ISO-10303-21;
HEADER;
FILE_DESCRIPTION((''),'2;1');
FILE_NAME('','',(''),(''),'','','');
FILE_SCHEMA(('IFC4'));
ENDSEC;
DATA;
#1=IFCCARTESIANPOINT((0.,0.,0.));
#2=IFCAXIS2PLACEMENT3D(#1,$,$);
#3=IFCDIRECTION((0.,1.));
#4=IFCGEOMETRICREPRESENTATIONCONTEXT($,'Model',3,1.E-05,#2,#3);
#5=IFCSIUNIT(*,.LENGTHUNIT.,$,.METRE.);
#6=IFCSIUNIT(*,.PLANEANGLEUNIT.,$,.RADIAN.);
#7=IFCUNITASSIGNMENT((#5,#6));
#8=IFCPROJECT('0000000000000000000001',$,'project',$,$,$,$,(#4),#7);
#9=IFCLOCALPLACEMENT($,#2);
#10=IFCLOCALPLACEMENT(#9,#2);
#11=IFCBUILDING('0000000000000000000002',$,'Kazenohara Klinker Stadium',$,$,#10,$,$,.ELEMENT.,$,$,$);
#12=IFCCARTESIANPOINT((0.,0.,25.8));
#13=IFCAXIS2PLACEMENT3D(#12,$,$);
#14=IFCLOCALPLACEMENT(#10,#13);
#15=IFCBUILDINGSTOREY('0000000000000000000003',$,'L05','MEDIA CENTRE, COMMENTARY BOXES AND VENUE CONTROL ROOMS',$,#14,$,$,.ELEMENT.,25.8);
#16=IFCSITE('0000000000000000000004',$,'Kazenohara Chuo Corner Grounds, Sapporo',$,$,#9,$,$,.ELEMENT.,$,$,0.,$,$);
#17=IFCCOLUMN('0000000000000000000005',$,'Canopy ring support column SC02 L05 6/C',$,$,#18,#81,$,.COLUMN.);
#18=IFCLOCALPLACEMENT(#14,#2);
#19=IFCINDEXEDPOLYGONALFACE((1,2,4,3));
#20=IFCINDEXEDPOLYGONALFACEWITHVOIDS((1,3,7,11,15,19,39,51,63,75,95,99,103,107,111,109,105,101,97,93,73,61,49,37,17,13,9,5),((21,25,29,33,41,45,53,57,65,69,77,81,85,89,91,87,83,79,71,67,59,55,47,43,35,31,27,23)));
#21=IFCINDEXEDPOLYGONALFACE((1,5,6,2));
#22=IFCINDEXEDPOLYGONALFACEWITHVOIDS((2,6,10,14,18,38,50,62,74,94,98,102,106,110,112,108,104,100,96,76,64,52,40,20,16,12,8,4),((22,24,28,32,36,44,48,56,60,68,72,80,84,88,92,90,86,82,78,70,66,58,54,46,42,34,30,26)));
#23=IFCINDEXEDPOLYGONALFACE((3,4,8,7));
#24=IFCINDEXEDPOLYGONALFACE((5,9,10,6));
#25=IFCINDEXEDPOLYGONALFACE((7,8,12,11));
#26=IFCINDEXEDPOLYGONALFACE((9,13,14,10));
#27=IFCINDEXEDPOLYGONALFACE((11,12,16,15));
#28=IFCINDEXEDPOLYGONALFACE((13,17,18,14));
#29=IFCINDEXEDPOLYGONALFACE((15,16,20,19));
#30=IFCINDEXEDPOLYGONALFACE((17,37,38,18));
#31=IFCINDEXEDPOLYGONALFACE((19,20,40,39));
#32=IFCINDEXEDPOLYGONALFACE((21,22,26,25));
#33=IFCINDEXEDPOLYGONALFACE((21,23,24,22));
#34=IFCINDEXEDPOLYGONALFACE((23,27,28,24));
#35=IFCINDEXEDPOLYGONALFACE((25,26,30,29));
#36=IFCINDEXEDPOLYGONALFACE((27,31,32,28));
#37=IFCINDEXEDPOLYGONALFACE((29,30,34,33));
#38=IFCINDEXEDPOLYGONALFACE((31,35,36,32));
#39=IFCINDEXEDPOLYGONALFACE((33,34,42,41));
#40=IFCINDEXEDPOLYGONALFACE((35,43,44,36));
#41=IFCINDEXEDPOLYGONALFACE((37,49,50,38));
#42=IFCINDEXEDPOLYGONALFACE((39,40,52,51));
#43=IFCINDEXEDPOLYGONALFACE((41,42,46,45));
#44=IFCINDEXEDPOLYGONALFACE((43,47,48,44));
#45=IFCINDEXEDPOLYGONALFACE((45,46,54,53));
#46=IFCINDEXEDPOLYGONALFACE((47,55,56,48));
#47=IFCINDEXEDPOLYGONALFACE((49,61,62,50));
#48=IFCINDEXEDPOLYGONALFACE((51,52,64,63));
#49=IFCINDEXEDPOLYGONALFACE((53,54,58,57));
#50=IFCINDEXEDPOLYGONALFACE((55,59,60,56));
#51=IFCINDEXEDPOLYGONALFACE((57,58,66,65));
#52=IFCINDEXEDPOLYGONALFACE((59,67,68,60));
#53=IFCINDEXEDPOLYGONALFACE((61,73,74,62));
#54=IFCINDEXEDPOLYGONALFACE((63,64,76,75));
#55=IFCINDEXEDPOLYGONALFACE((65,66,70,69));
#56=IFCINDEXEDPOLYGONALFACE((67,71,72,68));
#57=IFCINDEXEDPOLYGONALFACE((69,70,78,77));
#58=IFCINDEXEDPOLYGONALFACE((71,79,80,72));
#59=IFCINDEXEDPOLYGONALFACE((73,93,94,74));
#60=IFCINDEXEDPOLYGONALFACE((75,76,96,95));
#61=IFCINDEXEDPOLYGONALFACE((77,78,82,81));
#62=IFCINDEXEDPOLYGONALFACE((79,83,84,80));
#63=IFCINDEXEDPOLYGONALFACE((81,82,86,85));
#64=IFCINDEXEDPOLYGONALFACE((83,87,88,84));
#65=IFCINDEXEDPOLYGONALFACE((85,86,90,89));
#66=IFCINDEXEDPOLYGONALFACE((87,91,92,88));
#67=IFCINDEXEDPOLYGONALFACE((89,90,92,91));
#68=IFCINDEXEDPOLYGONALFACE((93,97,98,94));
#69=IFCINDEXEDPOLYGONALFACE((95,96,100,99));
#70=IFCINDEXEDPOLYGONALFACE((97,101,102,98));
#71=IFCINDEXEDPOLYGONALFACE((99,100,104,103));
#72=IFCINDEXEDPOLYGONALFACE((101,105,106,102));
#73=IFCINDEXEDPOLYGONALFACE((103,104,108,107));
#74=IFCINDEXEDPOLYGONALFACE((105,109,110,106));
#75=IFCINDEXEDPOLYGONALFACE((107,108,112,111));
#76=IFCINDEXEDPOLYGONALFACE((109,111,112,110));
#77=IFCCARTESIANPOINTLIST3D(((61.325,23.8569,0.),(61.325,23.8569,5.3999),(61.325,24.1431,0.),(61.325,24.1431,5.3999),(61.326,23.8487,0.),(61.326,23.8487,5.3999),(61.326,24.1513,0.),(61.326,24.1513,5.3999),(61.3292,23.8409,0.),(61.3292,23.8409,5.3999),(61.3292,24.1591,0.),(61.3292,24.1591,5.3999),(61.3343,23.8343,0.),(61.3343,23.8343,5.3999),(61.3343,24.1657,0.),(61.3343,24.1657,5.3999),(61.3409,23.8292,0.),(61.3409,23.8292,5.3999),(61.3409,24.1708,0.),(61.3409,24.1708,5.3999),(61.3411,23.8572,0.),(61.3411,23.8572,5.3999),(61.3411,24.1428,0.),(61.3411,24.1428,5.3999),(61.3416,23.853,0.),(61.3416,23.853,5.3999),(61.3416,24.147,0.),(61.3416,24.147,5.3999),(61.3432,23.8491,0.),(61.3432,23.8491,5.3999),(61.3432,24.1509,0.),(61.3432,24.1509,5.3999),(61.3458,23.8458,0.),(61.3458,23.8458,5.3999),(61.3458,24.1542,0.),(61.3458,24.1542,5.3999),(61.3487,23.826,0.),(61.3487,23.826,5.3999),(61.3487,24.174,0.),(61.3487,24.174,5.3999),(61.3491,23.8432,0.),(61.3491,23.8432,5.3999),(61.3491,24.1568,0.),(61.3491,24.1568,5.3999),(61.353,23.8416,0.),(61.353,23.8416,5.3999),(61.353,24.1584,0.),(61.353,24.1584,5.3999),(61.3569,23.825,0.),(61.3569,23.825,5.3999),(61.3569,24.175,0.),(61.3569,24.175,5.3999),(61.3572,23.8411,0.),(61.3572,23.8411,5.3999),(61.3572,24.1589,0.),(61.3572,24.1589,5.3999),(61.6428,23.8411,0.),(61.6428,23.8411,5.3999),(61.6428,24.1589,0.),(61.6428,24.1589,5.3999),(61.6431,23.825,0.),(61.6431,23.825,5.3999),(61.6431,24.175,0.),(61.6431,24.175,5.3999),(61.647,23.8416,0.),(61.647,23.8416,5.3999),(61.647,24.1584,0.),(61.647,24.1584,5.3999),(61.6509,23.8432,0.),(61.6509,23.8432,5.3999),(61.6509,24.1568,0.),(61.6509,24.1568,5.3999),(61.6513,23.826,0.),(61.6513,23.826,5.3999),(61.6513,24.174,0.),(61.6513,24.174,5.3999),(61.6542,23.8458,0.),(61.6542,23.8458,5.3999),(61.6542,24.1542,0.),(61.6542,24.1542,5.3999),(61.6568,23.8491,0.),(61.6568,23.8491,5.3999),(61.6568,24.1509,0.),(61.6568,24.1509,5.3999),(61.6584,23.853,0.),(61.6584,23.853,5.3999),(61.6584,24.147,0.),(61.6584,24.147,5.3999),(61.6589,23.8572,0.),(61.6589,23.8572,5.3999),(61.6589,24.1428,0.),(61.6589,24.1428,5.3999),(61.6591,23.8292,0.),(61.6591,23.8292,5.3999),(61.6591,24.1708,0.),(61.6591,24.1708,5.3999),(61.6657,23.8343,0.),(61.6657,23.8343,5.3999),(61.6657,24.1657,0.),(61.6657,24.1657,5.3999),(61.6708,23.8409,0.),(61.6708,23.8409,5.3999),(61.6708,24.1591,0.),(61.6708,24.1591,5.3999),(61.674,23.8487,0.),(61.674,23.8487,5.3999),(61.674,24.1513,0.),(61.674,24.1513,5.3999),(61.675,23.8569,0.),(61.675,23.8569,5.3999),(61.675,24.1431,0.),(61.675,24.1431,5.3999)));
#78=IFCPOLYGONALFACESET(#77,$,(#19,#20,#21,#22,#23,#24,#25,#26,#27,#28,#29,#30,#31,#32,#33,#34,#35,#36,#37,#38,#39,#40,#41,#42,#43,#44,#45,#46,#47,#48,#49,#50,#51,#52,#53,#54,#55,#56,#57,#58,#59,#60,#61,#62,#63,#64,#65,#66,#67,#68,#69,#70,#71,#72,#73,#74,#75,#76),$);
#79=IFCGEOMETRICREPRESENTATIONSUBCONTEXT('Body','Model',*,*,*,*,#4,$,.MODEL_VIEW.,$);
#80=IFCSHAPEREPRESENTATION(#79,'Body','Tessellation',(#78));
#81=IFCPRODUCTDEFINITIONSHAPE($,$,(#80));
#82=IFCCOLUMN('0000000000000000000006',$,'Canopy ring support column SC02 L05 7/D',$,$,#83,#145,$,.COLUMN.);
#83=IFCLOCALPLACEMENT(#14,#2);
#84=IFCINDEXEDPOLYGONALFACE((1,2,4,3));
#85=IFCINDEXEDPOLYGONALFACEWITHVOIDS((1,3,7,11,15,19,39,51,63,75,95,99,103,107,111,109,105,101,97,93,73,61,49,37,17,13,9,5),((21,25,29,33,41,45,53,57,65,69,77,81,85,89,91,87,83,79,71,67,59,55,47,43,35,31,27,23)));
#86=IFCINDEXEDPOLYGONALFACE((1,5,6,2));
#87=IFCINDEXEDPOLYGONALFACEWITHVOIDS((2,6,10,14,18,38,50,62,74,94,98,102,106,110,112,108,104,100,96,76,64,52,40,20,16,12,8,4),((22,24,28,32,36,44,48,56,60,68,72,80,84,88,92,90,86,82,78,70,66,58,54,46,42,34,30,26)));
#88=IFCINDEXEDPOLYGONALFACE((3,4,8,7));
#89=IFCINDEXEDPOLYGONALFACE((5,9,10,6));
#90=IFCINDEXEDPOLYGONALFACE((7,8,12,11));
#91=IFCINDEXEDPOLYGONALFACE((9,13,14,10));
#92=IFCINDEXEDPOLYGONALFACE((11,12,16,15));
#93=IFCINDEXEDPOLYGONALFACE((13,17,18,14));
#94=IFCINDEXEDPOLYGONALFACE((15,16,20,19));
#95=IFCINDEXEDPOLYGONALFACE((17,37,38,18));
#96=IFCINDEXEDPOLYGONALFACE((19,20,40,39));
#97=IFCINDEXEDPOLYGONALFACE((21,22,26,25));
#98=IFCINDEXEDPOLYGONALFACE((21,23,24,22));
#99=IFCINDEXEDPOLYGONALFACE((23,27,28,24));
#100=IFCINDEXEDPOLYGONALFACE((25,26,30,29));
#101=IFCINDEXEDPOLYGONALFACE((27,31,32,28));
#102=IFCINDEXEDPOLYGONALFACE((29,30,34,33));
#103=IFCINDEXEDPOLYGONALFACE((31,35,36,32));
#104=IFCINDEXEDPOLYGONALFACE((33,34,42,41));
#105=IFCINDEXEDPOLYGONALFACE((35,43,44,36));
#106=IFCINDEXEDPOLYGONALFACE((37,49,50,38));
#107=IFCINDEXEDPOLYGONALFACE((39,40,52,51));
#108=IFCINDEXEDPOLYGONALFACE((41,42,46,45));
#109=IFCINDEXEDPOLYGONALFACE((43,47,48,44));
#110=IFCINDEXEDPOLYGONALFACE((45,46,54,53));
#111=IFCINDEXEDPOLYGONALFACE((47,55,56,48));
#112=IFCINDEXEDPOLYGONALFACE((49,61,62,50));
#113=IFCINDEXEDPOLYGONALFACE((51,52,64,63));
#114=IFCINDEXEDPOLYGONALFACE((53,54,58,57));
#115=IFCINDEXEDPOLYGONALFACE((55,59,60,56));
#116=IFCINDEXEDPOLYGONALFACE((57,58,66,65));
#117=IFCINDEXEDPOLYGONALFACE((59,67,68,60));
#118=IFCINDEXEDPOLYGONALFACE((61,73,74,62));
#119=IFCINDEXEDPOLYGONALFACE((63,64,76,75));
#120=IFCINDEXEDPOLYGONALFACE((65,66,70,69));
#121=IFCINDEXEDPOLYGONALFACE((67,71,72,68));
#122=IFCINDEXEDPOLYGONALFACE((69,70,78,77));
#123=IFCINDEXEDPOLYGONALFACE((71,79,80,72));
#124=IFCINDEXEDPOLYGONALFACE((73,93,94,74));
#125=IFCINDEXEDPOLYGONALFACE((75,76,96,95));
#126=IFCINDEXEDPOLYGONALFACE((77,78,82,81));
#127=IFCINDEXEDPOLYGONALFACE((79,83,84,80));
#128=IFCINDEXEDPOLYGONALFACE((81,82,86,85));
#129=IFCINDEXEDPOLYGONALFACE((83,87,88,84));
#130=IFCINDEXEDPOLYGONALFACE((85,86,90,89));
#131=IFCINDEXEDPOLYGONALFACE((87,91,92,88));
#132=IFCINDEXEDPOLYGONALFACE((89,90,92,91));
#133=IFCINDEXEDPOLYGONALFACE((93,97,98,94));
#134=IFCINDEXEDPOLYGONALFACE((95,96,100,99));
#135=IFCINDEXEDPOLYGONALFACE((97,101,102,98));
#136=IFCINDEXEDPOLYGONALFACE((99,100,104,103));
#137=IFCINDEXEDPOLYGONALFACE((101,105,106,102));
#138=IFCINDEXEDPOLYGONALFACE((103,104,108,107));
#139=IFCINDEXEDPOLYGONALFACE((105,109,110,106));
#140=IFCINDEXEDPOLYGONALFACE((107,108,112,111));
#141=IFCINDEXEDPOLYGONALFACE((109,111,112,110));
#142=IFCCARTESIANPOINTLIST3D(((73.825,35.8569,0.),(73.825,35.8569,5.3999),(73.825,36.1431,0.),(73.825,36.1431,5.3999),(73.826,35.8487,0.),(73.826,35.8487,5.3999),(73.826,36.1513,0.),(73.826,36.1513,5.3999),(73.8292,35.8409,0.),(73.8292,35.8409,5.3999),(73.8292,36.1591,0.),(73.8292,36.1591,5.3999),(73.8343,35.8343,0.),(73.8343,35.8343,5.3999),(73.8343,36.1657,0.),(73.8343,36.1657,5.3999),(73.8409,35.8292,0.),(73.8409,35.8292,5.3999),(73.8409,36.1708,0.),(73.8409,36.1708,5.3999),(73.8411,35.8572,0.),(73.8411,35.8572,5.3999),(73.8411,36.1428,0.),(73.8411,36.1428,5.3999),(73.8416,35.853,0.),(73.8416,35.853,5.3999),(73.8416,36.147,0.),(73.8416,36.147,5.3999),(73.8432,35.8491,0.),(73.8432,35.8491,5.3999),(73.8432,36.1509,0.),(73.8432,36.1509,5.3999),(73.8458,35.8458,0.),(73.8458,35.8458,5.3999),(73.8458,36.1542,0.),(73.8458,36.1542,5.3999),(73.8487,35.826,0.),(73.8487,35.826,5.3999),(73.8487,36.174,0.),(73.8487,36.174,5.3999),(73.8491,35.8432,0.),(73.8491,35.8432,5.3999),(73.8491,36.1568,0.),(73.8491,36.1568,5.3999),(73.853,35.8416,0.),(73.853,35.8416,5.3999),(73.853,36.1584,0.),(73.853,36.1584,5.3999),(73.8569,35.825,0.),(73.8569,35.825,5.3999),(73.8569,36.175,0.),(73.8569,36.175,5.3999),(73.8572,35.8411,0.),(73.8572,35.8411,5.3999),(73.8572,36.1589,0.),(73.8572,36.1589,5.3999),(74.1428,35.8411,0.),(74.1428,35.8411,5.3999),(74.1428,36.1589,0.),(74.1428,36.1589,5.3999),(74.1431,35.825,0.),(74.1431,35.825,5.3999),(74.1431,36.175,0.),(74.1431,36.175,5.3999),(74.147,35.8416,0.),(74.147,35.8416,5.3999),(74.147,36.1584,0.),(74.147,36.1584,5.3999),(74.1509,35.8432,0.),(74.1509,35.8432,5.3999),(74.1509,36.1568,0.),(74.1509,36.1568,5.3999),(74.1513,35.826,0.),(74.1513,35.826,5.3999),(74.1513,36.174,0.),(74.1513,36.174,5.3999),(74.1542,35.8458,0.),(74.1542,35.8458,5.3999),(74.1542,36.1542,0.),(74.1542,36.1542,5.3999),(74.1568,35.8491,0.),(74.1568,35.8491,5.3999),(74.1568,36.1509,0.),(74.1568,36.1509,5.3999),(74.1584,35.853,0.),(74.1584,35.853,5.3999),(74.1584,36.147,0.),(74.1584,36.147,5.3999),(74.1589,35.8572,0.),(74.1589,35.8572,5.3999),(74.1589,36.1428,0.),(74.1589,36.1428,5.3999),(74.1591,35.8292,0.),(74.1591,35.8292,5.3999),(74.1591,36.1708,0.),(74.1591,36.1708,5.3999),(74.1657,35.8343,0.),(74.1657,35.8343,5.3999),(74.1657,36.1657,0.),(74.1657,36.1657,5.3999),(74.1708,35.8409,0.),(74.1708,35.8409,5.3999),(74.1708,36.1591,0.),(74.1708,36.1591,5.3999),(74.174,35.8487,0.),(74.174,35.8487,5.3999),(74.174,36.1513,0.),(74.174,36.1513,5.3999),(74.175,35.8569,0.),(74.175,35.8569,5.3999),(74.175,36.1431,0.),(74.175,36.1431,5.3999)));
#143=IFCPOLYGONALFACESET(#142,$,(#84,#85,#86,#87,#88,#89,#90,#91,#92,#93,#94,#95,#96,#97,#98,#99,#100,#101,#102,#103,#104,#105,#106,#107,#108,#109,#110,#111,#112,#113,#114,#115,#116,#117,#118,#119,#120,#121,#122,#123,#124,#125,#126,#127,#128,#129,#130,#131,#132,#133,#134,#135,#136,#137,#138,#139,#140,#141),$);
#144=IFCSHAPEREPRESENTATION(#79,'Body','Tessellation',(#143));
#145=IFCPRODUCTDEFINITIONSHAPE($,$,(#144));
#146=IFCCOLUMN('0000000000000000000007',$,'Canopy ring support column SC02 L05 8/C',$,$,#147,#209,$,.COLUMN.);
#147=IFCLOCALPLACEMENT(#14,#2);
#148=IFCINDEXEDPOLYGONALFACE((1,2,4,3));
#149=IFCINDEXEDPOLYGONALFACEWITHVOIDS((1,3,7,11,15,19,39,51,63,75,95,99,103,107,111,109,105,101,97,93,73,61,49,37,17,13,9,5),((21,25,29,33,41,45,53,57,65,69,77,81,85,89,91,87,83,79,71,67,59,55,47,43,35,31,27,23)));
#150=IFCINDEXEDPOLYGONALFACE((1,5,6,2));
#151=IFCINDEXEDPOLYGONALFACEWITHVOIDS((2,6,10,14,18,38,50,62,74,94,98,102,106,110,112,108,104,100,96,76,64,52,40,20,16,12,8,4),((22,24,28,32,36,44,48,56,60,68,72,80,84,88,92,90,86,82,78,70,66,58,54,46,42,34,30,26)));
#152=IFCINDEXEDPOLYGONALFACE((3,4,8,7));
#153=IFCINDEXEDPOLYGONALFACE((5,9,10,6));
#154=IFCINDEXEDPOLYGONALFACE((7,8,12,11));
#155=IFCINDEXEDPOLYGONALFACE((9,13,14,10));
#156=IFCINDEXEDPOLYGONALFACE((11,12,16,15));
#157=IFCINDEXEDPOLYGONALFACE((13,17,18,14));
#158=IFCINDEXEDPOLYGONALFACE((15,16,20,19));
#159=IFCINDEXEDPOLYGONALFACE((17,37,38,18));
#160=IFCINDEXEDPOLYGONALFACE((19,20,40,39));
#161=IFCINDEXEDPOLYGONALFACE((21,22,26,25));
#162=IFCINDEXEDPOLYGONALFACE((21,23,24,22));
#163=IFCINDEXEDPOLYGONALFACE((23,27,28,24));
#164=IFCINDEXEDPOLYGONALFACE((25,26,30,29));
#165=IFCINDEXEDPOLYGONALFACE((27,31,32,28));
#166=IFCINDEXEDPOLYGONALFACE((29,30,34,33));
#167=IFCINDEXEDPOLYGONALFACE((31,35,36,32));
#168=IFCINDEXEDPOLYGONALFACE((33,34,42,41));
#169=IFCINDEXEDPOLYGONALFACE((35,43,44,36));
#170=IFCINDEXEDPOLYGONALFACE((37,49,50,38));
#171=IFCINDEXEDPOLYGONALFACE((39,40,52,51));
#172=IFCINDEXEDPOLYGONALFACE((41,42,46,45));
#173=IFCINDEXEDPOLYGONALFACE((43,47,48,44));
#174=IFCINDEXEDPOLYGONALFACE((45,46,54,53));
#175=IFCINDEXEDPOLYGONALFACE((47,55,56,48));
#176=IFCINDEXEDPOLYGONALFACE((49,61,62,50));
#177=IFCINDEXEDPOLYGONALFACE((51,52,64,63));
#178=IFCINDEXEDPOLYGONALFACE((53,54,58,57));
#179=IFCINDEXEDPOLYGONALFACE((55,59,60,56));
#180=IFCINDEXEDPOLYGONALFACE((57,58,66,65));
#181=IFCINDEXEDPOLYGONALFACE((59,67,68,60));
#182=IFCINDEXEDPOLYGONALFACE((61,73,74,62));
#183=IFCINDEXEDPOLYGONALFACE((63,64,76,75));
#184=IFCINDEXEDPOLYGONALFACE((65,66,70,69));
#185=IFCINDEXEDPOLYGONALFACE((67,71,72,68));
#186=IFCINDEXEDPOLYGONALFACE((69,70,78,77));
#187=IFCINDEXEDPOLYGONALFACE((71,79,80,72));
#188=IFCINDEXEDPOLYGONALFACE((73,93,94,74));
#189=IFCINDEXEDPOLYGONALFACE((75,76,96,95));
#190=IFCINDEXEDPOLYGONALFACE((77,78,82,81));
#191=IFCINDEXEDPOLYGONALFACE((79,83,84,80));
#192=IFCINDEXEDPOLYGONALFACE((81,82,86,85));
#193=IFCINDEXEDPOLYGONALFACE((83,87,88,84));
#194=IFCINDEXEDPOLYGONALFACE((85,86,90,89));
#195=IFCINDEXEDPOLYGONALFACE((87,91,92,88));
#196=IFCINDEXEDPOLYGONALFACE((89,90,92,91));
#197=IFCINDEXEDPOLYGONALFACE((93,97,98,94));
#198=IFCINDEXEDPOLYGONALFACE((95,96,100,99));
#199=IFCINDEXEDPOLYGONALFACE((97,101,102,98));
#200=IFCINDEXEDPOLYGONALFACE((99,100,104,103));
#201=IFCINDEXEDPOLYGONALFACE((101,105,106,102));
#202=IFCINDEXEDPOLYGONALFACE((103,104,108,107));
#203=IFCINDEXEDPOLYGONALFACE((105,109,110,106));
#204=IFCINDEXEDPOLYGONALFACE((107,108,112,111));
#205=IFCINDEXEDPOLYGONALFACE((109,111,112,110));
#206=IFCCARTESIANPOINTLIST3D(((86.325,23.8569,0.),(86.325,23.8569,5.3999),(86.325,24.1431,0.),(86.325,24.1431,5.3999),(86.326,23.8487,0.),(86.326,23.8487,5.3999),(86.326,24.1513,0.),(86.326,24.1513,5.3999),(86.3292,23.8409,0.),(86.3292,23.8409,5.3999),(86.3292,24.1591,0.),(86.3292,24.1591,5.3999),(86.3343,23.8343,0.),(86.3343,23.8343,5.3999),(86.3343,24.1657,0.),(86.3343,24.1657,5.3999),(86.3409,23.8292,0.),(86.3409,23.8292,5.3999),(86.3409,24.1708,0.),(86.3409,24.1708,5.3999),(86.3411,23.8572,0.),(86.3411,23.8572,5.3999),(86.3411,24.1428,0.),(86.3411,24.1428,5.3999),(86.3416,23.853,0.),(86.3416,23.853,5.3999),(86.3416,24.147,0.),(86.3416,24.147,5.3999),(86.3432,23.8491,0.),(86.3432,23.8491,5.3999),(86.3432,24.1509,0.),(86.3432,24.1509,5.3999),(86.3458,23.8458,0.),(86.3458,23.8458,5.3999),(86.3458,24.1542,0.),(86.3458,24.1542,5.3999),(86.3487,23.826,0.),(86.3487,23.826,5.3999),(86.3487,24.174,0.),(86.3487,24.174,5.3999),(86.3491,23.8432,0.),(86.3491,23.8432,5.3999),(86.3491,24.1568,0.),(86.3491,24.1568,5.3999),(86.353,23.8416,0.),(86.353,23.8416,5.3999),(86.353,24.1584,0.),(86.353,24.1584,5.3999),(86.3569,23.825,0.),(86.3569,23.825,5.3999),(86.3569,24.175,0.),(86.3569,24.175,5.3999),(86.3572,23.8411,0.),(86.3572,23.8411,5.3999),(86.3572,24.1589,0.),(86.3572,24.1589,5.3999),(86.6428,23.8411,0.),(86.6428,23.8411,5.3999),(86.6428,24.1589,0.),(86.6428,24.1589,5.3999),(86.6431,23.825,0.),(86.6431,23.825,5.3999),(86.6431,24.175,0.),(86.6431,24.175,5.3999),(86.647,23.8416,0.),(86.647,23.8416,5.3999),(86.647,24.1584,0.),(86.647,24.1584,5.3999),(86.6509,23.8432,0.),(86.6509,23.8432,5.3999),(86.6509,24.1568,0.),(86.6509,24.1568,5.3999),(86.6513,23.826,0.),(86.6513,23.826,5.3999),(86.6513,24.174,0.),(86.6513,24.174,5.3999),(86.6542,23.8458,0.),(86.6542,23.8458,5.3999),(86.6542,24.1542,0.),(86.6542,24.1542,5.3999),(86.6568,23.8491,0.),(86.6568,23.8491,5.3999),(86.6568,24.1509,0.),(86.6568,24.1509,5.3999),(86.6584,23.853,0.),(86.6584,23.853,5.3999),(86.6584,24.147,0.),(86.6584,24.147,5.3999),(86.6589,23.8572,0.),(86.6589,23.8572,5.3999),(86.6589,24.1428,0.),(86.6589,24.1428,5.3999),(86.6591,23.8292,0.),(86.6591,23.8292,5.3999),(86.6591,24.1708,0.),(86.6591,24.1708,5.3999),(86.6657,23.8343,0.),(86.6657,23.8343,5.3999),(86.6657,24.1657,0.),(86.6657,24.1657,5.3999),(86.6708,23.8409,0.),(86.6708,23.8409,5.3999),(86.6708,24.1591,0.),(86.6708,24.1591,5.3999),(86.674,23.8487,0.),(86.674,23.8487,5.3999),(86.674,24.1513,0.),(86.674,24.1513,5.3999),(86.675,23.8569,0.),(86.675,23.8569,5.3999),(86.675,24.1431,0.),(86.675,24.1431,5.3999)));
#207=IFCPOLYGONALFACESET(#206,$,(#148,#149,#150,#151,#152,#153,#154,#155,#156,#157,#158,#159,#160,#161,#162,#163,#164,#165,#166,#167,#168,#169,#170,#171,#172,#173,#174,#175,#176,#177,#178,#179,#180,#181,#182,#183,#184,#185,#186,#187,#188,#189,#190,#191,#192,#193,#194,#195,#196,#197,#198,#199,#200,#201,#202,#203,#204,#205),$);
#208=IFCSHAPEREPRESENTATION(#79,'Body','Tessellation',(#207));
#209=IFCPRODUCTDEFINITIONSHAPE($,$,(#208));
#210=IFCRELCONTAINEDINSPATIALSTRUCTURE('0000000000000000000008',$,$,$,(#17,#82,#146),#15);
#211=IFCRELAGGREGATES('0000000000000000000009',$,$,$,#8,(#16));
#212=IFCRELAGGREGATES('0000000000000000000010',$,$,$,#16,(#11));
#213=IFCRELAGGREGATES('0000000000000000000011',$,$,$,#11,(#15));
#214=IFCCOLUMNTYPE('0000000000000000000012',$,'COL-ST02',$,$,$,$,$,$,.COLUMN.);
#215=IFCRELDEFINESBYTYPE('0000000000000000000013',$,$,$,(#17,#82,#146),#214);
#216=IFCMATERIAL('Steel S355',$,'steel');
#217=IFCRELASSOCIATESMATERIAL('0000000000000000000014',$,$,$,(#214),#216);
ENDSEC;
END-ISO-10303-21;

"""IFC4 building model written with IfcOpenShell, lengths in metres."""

from ifc_helpers import new_model, si_unit, direction, frame, origin, origin_2d, place, context, subcontext, project, spatial, hollow_rectangle, extrude, material, material_profile, profile_set, type_object, element, save


model = new_model("IFC4")

# Units and contexts
model_context = context("Model", 3, precision=1e-05, world=origin(), true_north=direction((0.0, 1.0)))
body_context = subcontext(model_context, "Body", "Model", "MODEL_VIEW")
ifc_project = project(units=[si_unit("LENGTHUNIT", "METRE"), si_unit("PLANEANGLEUNIT", "RADIAN")], contexts=[model_context])

# Site, building, storey
site_placement = place(None, origin())
site = spatial("IfcSite", under=ifc_project, at=site_placement, Name="Kazenohara Chuo Corner Grounds, Sapporo", CompositionType="ELEMENT", RefElevation=0.0)
building_placement = place(site_placement, origin())
building = spatial("IfcBuilding", under=site, at=building_placement, Name="Kazenohara Klinker Stadium", CompositionType="ELEMENT")
storey_placement = place(building_placement, frame((0.0, 0.0, 25.8)))
storey = spatial("IfcBuildingStorey", under=building, at=storey_placement, Name="L05", Description="MEDIA CENTRE, COMMENTARY BOXES AND VENUE CONTROL ROOMS", CompositionType="ELEMENT", Elevation=25.8)

# Columns
ifc_material = material(Name="Steel S355", Category="steel")
ifc_material_profile_1 = material_profile(ifc_material, hollow_rectangle(XDim=0.3501, YDim=0.3501, WallThickness=0.0161, InnerFilletRadius=0.0161, OuterFilletRadius=0.032, at=origin_2d()), Name="SHS-350x350x16")
ifc_profile_set_1 = profile_set([ifc_material_profile_1], Name="Steel S355")
column_type_1 = type_object("IfcColumnType", Name="COL-ST02", PredefinedType="COLUMN", material=ifc_profile_set_1)
for number, where, z_axis, x_axis, name in (
    (1, (61.5, 24.0, 0.0), (0.0, 0.0, 1.0), (1.0, 0.0, 0.0), "Canopy ring support column SC02 L05 6/C"),
    (2, (74.0, 36.0, 0.0), (0.0, 0.0, 1.0), (1.0, 0.0, 0.0), "Canopy ring support column SC02 L05 7/D"),
    (3, (86.5, 24.0, 0.0), (0.0, 0.0, 1.0), (1.0, 0.0, 0.0), "Canopy ring support column SC02 L05 8/C"),
):
    element("IfcColumn", number, at=place(storey_placement, frame(where, z_axis=z_axis, x_axis=x_axis)), inside=storey, type_object=column_type_1, Name=name, PredefinedType="COLUMN", context=body_context, shape_type="SweptSolid", body=[
        extrude(hollow_rectangle(XDim=0.3501, YDim=0.3501, WallThickness=0.0161, InnerFilletRadius=0.0161, OuterFilletRadius=0.032, at=origin_2d()), origin(), (0.0, 0.0, 1.0), 5.3999),
    ])

save(model, "model.ifc")
